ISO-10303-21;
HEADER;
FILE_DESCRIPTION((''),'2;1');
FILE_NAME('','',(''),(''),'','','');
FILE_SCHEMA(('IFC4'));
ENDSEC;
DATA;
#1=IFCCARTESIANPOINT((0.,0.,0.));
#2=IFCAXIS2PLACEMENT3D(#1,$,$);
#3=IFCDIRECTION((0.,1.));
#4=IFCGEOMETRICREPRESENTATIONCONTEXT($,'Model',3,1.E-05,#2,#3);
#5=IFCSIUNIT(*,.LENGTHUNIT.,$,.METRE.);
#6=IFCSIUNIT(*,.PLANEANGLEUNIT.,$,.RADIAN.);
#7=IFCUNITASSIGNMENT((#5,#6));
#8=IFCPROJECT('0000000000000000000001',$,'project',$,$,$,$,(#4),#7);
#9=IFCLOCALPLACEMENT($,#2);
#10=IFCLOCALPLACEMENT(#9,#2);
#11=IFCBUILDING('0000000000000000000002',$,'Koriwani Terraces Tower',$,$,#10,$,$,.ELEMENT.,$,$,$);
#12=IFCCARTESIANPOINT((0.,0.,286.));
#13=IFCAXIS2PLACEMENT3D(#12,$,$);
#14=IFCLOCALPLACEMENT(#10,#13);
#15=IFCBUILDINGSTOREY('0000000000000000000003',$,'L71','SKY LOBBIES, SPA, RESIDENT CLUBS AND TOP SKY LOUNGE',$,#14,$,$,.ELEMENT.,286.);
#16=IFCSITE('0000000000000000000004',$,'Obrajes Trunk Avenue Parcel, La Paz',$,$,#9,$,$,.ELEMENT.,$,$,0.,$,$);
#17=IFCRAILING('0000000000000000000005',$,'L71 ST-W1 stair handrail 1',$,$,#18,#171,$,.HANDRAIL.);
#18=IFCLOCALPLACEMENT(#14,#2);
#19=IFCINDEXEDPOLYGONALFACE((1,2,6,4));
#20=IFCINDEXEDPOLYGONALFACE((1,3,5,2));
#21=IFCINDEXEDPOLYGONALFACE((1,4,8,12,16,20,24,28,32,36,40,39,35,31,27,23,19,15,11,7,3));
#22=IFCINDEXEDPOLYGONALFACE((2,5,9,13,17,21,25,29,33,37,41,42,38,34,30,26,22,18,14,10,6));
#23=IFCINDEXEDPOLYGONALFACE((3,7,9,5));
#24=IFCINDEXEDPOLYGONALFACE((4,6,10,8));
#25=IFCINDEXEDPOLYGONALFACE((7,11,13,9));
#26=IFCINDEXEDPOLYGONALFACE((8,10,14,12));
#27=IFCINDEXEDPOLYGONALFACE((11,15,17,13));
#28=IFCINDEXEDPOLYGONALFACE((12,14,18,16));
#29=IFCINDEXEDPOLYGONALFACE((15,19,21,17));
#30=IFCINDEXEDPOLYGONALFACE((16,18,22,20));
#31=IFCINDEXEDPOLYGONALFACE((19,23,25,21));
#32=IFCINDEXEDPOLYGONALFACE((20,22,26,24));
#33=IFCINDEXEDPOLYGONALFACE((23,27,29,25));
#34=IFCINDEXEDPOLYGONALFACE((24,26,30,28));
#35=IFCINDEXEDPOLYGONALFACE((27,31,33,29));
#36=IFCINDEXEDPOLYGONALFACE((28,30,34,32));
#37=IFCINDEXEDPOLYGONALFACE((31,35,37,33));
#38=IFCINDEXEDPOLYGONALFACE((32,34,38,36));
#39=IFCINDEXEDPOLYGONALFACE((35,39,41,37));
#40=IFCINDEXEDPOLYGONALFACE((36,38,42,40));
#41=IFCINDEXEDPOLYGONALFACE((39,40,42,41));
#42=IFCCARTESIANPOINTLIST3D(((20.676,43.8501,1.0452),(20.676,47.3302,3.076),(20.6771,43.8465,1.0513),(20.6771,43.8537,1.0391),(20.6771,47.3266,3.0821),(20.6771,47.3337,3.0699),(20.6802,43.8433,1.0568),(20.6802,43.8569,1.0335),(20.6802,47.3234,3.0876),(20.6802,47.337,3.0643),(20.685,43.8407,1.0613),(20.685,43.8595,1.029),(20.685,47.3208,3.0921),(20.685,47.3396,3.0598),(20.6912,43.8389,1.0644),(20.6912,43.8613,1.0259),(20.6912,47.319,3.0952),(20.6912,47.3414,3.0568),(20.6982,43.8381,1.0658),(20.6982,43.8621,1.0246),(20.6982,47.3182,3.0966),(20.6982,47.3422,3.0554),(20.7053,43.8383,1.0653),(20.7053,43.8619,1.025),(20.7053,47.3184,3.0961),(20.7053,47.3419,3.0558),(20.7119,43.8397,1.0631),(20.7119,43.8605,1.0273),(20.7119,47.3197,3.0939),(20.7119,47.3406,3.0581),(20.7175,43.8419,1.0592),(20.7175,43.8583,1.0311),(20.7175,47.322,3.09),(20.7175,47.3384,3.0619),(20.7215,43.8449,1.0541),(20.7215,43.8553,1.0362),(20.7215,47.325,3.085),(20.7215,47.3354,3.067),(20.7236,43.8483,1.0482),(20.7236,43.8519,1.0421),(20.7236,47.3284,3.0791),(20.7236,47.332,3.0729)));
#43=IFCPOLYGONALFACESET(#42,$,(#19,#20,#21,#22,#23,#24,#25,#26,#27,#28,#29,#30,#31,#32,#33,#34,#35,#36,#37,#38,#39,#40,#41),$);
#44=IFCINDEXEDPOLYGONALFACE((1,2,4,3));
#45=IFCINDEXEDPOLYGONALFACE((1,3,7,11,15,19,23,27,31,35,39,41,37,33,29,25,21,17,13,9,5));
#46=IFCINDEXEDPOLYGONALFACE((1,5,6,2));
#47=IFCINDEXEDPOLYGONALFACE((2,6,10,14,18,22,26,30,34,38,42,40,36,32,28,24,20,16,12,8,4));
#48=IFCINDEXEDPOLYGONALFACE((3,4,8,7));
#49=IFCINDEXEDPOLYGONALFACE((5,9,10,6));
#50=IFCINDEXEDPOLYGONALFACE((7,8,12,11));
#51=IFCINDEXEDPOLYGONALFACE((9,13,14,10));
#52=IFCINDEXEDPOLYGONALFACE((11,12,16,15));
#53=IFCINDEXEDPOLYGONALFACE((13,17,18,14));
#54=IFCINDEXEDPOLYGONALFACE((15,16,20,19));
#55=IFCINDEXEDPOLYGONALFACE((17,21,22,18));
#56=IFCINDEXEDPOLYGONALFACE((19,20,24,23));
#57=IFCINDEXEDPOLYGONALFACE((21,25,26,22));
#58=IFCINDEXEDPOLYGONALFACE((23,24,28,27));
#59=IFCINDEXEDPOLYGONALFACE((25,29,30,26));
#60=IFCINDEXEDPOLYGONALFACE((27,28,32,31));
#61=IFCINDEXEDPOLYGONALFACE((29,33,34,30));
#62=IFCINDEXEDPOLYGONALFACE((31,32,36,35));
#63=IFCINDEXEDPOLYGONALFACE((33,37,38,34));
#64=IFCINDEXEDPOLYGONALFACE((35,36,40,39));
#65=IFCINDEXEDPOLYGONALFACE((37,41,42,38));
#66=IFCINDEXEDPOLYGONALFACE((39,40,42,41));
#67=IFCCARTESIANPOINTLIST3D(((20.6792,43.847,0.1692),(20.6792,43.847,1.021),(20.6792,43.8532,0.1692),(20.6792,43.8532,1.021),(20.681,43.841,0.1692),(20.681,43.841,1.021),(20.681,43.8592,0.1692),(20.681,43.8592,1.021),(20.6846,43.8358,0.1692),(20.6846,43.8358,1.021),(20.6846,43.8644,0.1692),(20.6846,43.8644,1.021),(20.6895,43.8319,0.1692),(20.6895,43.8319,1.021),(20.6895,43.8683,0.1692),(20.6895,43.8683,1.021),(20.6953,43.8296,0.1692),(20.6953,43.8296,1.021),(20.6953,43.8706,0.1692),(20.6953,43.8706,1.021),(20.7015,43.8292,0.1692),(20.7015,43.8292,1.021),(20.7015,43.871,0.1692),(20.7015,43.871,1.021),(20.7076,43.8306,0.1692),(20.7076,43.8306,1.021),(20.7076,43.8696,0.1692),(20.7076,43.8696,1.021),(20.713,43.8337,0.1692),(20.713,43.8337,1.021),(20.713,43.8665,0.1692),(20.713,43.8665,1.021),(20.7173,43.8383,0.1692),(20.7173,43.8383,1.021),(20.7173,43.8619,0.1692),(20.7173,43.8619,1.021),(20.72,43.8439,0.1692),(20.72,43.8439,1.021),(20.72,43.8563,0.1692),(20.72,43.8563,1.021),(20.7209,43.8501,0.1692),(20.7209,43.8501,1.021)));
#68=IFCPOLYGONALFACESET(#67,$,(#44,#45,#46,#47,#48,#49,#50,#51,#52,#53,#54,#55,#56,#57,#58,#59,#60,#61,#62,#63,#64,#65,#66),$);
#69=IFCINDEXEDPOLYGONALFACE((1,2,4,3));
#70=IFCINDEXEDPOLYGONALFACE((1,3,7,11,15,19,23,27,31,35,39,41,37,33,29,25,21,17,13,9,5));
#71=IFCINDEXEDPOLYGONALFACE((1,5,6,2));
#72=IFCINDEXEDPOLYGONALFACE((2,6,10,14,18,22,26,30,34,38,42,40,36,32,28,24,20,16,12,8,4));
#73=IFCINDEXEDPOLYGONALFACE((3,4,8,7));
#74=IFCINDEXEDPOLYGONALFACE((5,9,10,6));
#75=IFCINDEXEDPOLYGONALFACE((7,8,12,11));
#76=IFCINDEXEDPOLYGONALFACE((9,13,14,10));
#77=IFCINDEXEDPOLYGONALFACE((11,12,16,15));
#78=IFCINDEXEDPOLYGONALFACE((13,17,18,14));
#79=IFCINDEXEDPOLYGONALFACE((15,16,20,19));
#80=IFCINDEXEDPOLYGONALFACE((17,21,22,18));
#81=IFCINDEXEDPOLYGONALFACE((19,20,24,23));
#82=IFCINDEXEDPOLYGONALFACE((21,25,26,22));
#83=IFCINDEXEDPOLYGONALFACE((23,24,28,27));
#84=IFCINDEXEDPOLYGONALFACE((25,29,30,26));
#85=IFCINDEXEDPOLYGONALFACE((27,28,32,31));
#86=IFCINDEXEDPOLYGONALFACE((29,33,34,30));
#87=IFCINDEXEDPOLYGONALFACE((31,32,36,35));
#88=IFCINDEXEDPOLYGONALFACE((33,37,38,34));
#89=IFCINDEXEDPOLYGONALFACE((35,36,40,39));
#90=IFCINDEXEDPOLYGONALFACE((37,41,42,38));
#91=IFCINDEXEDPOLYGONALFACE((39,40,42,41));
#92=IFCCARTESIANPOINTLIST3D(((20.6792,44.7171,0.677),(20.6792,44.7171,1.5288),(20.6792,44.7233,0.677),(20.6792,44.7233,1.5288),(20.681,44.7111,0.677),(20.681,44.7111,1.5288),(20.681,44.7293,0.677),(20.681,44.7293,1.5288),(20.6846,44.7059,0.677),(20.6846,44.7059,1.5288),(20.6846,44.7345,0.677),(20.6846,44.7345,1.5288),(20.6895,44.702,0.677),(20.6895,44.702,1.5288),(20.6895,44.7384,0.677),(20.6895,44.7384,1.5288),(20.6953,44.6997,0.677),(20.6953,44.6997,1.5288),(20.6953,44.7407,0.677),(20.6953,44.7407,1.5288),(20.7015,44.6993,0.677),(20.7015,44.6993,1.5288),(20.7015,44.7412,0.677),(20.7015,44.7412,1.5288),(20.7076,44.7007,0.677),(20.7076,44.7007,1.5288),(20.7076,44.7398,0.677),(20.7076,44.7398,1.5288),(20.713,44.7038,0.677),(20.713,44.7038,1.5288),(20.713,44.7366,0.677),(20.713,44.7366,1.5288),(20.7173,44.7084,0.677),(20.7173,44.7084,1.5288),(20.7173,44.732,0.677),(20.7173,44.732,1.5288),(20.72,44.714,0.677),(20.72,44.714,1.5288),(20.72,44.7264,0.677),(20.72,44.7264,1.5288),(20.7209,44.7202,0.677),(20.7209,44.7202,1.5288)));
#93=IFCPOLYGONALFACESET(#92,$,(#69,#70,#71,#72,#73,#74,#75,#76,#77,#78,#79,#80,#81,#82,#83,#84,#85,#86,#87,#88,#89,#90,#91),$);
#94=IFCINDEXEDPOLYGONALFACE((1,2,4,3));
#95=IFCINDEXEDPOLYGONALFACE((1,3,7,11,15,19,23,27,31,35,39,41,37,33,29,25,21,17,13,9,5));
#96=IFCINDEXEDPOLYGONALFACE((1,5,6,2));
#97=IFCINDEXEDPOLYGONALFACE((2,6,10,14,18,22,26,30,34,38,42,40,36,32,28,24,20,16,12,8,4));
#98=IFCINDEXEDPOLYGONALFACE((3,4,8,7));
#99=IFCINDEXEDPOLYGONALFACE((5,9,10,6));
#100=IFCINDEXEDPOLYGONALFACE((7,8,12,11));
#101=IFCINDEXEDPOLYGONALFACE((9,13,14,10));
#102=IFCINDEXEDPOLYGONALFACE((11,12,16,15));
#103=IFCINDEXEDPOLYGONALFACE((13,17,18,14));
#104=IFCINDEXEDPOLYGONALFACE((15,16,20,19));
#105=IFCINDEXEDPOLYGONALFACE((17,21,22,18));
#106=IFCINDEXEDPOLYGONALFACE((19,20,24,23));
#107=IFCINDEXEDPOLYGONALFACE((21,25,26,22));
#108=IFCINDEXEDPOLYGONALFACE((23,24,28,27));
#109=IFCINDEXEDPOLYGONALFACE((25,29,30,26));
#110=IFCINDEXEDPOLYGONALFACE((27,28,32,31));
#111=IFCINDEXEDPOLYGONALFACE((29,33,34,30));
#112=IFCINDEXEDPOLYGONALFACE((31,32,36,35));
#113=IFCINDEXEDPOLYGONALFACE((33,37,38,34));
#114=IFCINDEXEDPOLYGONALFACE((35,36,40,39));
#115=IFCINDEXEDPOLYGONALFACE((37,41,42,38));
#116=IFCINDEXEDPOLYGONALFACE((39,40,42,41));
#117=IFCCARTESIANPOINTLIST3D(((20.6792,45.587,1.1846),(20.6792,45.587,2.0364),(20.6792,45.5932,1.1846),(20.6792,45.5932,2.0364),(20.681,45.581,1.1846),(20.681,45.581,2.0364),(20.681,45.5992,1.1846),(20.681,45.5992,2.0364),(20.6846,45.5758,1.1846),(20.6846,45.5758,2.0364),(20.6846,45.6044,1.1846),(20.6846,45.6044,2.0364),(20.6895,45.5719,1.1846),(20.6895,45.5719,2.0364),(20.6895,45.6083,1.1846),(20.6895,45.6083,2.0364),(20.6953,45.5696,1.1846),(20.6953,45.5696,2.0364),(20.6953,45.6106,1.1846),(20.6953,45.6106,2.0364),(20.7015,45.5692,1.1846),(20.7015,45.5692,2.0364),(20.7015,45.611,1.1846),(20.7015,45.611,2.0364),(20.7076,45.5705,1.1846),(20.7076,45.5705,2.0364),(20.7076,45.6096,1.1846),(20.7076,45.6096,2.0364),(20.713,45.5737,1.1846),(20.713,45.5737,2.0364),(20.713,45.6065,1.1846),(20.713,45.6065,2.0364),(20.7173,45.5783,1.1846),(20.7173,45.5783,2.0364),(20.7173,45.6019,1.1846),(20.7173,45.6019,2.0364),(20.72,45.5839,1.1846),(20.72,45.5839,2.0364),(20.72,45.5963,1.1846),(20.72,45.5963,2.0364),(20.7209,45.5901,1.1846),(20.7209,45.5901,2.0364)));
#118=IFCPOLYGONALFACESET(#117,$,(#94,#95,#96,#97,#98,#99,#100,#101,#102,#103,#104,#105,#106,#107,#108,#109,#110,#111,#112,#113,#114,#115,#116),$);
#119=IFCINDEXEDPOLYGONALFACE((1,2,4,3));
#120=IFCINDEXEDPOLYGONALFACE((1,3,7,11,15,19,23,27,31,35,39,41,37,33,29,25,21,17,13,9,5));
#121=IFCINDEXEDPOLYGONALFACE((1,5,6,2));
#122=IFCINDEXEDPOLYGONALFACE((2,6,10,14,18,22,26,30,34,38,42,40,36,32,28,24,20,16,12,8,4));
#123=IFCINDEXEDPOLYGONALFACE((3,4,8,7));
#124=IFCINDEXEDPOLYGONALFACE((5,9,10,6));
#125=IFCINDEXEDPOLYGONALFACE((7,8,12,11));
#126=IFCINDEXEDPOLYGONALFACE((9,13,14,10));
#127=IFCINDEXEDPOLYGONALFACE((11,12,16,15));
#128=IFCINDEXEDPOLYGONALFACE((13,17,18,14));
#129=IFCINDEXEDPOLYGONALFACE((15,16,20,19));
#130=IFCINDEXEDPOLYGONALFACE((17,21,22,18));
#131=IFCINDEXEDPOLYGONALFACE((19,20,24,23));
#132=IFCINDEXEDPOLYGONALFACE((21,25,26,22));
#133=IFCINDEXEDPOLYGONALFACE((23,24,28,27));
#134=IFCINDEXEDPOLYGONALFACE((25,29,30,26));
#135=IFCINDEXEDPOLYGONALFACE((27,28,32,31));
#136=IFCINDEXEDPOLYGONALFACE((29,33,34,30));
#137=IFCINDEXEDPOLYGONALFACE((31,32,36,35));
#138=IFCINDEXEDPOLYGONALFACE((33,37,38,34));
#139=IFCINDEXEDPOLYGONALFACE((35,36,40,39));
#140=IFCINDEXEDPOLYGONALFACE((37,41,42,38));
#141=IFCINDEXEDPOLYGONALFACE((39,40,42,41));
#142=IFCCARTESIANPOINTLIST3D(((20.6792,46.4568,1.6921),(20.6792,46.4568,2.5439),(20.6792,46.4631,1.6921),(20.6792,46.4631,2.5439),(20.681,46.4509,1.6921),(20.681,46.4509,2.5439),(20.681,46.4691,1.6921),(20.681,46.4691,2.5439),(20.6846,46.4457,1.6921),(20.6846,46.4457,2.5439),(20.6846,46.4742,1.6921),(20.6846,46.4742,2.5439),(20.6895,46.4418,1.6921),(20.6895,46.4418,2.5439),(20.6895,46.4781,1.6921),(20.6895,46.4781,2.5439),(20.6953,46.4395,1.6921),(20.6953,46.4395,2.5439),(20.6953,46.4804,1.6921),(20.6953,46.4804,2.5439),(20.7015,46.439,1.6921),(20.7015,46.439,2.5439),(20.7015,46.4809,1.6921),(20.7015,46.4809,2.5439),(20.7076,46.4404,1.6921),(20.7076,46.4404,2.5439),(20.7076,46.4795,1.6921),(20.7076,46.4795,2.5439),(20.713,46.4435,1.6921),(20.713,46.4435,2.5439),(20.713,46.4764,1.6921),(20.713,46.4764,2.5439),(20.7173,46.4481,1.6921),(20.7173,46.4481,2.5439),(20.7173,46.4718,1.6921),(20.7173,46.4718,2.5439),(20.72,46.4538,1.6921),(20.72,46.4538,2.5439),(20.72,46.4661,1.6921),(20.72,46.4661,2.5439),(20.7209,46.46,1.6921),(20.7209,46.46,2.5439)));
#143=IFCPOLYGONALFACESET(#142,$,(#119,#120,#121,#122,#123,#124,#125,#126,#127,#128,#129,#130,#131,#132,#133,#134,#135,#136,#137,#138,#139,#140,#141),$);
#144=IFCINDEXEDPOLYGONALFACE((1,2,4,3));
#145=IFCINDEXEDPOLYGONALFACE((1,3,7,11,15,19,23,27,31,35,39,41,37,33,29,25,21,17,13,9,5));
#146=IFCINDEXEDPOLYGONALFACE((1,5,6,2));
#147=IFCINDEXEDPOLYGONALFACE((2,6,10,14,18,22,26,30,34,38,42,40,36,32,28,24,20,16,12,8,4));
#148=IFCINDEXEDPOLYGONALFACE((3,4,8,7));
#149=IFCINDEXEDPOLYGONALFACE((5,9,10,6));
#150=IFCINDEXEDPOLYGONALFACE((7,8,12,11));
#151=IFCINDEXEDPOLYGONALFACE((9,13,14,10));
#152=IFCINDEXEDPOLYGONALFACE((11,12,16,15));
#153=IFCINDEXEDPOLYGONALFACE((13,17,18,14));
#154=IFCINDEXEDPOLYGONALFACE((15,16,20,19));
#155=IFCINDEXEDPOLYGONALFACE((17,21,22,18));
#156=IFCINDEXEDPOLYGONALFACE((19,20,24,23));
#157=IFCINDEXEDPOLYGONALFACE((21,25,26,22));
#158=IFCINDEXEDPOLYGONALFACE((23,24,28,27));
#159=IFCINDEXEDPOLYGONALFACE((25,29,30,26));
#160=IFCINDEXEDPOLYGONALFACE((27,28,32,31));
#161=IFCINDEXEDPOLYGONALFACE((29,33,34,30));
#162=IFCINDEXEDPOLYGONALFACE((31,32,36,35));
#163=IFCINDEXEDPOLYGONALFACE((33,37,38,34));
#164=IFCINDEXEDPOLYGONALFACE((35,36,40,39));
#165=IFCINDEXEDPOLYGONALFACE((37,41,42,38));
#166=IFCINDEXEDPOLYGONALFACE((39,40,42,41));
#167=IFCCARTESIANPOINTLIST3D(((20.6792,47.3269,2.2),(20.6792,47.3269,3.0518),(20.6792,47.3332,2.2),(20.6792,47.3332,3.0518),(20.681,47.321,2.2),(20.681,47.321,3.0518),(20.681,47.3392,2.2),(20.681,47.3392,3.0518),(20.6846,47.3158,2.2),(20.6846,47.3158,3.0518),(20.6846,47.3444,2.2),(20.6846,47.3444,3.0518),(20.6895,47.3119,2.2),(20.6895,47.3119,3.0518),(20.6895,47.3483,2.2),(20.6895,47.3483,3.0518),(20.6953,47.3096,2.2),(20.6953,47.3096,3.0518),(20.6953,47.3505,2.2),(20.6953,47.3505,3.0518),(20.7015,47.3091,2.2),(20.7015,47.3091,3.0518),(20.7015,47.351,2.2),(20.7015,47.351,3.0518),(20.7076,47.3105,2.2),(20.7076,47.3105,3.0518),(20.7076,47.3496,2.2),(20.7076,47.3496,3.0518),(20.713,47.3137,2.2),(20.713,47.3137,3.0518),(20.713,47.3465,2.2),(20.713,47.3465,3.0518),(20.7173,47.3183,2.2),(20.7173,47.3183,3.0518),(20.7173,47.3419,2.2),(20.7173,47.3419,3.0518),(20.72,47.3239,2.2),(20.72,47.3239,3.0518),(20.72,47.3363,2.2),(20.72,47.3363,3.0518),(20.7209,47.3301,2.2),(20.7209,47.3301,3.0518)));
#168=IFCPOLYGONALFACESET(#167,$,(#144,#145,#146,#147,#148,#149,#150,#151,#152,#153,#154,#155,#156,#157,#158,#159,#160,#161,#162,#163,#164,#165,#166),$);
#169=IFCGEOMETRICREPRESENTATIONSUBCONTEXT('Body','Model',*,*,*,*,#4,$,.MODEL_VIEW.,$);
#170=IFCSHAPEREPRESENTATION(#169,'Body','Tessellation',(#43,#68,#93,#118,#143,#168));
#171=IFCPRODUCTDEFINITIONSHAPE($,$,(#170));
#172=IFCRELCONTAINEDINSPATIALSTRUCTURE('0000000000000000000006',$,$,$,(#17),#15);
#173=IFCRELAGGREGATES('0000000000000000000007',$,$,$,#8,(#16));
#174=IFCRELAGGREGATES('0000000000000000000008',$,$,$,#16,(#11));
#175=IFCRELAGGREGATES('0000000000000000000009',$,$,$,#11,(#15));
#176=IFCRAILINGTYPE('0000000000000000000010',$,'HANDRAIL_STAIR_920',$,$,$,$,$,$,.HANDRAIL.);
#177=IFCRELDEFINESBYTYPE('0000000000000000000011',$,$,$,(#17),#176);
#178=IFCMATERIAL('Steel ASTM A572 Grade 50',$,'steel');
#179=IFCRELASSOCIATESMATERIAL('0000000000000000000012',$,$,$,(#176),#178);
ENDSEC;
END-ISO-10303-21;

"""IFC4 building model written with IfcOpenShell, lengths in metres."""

from ifc_helpers import new_model, si_unit, direction, frame, origin, origin_2d, place, context, subcontext, project, spatial, circle, extrude, material, type_object, element, save


model = new_model("IFC4")

# Units and contexts
model_context = context("Model", 3, precision=1e-05, world=origin(), true_north=direction((0.0, 1.0)))
body_context = subcontext(model_context, "Body", "Model", "MODEL_VIEW")
ifc_project = project(units=[si_unit("LENGTHUNIT", "METRE"), si_unit("PLANEANGLEUNIT", "RADIAN")], contexts=[model_context])

# Site, building, storey
site_placement = place(None, origin())
site = spatial("IfcSite", under=ifc_project, at=site_placement, Name="Obrajes Trunk Avenue Parcel, La Paz", CompositionType="ELEMENT", RefElevation=0.0)
building_placement = place(site_placement, origin())
building = spatial("IfcBuilding", under=site, at=building_placement, Name="Koriwani Terraces Tower", CompositionType="ELEMENT")
storey_placement = place(building_placement, frame((0.0, 0.0, 286.0)))
storey = spatial("IfcBuildingStorey", under=building, at=storey_placement, Name="L71", Description="SKY LOBBIES, SPA, RESIDENT CLUBS AND TOP SKY LOUNGE", CompositionType="ELEMENT", Elevation=286.0)

# Shared definitions
ifc_material_1 = material(Name="Steel ASTM A572 Grade 50", Category="steel")

# Railing
railing_type = type_object("IfcRailingType", Name="HANDRAIL_STAIR_920", PredefinedType="HANDRAIL", material=ifc_material_1)
for number, where, name in (
    (1, (20.7, 43.8501, 0.1692), "L71 ST-W1 stair handrail 1"),
):
    element("IfcRailing", number, at=place(storey_placement, frame(where)), inside=storey, type_object=railing_type, Name=name, PredefinedType="HANDRAIL", context=body_context, shape_type="SweptSolid", body=[
        extrude(circle(Radius=0.0239, at=origin_2d()), frame((0.0, 0.0, 0.876), z_axis=(0.0, 0.863695, 0.504014), x_axis=(-1.0, 0.0, 0.0)), (0.0, 0.0, 1.0), 4.0293),
        extrude(circle(Radius=0.021, at=origin_2d()), origin(), (0.0, 0.0, 1.0), 0.8518),
        extrude(circle(Radius=0.021, at=origin_2d()), frame((0.0, 0.8701, 0.5078)), (0.0, 0.0, 1.0), 0.8518),
        extrude(circle(Radius=0.021, at=origin_2d()), frame((0.0, 1.74, 1.0154)), (0.0, 0.0, 1.0), 0.8518),
        extrude(circle(Radius=0.021, at=origin_2d()), frame((0.0, 2.6099, 1.5229)), (0.0, 0.0, 1.0), 0.8518),
        extrude(circle(Radius=0.021, at=origin_2d()), frame((0.0, 3.48, 2.0308)), (0.0, 0.0, 1.0), 0.8518),
    ])

save(model, "model.ifc")
